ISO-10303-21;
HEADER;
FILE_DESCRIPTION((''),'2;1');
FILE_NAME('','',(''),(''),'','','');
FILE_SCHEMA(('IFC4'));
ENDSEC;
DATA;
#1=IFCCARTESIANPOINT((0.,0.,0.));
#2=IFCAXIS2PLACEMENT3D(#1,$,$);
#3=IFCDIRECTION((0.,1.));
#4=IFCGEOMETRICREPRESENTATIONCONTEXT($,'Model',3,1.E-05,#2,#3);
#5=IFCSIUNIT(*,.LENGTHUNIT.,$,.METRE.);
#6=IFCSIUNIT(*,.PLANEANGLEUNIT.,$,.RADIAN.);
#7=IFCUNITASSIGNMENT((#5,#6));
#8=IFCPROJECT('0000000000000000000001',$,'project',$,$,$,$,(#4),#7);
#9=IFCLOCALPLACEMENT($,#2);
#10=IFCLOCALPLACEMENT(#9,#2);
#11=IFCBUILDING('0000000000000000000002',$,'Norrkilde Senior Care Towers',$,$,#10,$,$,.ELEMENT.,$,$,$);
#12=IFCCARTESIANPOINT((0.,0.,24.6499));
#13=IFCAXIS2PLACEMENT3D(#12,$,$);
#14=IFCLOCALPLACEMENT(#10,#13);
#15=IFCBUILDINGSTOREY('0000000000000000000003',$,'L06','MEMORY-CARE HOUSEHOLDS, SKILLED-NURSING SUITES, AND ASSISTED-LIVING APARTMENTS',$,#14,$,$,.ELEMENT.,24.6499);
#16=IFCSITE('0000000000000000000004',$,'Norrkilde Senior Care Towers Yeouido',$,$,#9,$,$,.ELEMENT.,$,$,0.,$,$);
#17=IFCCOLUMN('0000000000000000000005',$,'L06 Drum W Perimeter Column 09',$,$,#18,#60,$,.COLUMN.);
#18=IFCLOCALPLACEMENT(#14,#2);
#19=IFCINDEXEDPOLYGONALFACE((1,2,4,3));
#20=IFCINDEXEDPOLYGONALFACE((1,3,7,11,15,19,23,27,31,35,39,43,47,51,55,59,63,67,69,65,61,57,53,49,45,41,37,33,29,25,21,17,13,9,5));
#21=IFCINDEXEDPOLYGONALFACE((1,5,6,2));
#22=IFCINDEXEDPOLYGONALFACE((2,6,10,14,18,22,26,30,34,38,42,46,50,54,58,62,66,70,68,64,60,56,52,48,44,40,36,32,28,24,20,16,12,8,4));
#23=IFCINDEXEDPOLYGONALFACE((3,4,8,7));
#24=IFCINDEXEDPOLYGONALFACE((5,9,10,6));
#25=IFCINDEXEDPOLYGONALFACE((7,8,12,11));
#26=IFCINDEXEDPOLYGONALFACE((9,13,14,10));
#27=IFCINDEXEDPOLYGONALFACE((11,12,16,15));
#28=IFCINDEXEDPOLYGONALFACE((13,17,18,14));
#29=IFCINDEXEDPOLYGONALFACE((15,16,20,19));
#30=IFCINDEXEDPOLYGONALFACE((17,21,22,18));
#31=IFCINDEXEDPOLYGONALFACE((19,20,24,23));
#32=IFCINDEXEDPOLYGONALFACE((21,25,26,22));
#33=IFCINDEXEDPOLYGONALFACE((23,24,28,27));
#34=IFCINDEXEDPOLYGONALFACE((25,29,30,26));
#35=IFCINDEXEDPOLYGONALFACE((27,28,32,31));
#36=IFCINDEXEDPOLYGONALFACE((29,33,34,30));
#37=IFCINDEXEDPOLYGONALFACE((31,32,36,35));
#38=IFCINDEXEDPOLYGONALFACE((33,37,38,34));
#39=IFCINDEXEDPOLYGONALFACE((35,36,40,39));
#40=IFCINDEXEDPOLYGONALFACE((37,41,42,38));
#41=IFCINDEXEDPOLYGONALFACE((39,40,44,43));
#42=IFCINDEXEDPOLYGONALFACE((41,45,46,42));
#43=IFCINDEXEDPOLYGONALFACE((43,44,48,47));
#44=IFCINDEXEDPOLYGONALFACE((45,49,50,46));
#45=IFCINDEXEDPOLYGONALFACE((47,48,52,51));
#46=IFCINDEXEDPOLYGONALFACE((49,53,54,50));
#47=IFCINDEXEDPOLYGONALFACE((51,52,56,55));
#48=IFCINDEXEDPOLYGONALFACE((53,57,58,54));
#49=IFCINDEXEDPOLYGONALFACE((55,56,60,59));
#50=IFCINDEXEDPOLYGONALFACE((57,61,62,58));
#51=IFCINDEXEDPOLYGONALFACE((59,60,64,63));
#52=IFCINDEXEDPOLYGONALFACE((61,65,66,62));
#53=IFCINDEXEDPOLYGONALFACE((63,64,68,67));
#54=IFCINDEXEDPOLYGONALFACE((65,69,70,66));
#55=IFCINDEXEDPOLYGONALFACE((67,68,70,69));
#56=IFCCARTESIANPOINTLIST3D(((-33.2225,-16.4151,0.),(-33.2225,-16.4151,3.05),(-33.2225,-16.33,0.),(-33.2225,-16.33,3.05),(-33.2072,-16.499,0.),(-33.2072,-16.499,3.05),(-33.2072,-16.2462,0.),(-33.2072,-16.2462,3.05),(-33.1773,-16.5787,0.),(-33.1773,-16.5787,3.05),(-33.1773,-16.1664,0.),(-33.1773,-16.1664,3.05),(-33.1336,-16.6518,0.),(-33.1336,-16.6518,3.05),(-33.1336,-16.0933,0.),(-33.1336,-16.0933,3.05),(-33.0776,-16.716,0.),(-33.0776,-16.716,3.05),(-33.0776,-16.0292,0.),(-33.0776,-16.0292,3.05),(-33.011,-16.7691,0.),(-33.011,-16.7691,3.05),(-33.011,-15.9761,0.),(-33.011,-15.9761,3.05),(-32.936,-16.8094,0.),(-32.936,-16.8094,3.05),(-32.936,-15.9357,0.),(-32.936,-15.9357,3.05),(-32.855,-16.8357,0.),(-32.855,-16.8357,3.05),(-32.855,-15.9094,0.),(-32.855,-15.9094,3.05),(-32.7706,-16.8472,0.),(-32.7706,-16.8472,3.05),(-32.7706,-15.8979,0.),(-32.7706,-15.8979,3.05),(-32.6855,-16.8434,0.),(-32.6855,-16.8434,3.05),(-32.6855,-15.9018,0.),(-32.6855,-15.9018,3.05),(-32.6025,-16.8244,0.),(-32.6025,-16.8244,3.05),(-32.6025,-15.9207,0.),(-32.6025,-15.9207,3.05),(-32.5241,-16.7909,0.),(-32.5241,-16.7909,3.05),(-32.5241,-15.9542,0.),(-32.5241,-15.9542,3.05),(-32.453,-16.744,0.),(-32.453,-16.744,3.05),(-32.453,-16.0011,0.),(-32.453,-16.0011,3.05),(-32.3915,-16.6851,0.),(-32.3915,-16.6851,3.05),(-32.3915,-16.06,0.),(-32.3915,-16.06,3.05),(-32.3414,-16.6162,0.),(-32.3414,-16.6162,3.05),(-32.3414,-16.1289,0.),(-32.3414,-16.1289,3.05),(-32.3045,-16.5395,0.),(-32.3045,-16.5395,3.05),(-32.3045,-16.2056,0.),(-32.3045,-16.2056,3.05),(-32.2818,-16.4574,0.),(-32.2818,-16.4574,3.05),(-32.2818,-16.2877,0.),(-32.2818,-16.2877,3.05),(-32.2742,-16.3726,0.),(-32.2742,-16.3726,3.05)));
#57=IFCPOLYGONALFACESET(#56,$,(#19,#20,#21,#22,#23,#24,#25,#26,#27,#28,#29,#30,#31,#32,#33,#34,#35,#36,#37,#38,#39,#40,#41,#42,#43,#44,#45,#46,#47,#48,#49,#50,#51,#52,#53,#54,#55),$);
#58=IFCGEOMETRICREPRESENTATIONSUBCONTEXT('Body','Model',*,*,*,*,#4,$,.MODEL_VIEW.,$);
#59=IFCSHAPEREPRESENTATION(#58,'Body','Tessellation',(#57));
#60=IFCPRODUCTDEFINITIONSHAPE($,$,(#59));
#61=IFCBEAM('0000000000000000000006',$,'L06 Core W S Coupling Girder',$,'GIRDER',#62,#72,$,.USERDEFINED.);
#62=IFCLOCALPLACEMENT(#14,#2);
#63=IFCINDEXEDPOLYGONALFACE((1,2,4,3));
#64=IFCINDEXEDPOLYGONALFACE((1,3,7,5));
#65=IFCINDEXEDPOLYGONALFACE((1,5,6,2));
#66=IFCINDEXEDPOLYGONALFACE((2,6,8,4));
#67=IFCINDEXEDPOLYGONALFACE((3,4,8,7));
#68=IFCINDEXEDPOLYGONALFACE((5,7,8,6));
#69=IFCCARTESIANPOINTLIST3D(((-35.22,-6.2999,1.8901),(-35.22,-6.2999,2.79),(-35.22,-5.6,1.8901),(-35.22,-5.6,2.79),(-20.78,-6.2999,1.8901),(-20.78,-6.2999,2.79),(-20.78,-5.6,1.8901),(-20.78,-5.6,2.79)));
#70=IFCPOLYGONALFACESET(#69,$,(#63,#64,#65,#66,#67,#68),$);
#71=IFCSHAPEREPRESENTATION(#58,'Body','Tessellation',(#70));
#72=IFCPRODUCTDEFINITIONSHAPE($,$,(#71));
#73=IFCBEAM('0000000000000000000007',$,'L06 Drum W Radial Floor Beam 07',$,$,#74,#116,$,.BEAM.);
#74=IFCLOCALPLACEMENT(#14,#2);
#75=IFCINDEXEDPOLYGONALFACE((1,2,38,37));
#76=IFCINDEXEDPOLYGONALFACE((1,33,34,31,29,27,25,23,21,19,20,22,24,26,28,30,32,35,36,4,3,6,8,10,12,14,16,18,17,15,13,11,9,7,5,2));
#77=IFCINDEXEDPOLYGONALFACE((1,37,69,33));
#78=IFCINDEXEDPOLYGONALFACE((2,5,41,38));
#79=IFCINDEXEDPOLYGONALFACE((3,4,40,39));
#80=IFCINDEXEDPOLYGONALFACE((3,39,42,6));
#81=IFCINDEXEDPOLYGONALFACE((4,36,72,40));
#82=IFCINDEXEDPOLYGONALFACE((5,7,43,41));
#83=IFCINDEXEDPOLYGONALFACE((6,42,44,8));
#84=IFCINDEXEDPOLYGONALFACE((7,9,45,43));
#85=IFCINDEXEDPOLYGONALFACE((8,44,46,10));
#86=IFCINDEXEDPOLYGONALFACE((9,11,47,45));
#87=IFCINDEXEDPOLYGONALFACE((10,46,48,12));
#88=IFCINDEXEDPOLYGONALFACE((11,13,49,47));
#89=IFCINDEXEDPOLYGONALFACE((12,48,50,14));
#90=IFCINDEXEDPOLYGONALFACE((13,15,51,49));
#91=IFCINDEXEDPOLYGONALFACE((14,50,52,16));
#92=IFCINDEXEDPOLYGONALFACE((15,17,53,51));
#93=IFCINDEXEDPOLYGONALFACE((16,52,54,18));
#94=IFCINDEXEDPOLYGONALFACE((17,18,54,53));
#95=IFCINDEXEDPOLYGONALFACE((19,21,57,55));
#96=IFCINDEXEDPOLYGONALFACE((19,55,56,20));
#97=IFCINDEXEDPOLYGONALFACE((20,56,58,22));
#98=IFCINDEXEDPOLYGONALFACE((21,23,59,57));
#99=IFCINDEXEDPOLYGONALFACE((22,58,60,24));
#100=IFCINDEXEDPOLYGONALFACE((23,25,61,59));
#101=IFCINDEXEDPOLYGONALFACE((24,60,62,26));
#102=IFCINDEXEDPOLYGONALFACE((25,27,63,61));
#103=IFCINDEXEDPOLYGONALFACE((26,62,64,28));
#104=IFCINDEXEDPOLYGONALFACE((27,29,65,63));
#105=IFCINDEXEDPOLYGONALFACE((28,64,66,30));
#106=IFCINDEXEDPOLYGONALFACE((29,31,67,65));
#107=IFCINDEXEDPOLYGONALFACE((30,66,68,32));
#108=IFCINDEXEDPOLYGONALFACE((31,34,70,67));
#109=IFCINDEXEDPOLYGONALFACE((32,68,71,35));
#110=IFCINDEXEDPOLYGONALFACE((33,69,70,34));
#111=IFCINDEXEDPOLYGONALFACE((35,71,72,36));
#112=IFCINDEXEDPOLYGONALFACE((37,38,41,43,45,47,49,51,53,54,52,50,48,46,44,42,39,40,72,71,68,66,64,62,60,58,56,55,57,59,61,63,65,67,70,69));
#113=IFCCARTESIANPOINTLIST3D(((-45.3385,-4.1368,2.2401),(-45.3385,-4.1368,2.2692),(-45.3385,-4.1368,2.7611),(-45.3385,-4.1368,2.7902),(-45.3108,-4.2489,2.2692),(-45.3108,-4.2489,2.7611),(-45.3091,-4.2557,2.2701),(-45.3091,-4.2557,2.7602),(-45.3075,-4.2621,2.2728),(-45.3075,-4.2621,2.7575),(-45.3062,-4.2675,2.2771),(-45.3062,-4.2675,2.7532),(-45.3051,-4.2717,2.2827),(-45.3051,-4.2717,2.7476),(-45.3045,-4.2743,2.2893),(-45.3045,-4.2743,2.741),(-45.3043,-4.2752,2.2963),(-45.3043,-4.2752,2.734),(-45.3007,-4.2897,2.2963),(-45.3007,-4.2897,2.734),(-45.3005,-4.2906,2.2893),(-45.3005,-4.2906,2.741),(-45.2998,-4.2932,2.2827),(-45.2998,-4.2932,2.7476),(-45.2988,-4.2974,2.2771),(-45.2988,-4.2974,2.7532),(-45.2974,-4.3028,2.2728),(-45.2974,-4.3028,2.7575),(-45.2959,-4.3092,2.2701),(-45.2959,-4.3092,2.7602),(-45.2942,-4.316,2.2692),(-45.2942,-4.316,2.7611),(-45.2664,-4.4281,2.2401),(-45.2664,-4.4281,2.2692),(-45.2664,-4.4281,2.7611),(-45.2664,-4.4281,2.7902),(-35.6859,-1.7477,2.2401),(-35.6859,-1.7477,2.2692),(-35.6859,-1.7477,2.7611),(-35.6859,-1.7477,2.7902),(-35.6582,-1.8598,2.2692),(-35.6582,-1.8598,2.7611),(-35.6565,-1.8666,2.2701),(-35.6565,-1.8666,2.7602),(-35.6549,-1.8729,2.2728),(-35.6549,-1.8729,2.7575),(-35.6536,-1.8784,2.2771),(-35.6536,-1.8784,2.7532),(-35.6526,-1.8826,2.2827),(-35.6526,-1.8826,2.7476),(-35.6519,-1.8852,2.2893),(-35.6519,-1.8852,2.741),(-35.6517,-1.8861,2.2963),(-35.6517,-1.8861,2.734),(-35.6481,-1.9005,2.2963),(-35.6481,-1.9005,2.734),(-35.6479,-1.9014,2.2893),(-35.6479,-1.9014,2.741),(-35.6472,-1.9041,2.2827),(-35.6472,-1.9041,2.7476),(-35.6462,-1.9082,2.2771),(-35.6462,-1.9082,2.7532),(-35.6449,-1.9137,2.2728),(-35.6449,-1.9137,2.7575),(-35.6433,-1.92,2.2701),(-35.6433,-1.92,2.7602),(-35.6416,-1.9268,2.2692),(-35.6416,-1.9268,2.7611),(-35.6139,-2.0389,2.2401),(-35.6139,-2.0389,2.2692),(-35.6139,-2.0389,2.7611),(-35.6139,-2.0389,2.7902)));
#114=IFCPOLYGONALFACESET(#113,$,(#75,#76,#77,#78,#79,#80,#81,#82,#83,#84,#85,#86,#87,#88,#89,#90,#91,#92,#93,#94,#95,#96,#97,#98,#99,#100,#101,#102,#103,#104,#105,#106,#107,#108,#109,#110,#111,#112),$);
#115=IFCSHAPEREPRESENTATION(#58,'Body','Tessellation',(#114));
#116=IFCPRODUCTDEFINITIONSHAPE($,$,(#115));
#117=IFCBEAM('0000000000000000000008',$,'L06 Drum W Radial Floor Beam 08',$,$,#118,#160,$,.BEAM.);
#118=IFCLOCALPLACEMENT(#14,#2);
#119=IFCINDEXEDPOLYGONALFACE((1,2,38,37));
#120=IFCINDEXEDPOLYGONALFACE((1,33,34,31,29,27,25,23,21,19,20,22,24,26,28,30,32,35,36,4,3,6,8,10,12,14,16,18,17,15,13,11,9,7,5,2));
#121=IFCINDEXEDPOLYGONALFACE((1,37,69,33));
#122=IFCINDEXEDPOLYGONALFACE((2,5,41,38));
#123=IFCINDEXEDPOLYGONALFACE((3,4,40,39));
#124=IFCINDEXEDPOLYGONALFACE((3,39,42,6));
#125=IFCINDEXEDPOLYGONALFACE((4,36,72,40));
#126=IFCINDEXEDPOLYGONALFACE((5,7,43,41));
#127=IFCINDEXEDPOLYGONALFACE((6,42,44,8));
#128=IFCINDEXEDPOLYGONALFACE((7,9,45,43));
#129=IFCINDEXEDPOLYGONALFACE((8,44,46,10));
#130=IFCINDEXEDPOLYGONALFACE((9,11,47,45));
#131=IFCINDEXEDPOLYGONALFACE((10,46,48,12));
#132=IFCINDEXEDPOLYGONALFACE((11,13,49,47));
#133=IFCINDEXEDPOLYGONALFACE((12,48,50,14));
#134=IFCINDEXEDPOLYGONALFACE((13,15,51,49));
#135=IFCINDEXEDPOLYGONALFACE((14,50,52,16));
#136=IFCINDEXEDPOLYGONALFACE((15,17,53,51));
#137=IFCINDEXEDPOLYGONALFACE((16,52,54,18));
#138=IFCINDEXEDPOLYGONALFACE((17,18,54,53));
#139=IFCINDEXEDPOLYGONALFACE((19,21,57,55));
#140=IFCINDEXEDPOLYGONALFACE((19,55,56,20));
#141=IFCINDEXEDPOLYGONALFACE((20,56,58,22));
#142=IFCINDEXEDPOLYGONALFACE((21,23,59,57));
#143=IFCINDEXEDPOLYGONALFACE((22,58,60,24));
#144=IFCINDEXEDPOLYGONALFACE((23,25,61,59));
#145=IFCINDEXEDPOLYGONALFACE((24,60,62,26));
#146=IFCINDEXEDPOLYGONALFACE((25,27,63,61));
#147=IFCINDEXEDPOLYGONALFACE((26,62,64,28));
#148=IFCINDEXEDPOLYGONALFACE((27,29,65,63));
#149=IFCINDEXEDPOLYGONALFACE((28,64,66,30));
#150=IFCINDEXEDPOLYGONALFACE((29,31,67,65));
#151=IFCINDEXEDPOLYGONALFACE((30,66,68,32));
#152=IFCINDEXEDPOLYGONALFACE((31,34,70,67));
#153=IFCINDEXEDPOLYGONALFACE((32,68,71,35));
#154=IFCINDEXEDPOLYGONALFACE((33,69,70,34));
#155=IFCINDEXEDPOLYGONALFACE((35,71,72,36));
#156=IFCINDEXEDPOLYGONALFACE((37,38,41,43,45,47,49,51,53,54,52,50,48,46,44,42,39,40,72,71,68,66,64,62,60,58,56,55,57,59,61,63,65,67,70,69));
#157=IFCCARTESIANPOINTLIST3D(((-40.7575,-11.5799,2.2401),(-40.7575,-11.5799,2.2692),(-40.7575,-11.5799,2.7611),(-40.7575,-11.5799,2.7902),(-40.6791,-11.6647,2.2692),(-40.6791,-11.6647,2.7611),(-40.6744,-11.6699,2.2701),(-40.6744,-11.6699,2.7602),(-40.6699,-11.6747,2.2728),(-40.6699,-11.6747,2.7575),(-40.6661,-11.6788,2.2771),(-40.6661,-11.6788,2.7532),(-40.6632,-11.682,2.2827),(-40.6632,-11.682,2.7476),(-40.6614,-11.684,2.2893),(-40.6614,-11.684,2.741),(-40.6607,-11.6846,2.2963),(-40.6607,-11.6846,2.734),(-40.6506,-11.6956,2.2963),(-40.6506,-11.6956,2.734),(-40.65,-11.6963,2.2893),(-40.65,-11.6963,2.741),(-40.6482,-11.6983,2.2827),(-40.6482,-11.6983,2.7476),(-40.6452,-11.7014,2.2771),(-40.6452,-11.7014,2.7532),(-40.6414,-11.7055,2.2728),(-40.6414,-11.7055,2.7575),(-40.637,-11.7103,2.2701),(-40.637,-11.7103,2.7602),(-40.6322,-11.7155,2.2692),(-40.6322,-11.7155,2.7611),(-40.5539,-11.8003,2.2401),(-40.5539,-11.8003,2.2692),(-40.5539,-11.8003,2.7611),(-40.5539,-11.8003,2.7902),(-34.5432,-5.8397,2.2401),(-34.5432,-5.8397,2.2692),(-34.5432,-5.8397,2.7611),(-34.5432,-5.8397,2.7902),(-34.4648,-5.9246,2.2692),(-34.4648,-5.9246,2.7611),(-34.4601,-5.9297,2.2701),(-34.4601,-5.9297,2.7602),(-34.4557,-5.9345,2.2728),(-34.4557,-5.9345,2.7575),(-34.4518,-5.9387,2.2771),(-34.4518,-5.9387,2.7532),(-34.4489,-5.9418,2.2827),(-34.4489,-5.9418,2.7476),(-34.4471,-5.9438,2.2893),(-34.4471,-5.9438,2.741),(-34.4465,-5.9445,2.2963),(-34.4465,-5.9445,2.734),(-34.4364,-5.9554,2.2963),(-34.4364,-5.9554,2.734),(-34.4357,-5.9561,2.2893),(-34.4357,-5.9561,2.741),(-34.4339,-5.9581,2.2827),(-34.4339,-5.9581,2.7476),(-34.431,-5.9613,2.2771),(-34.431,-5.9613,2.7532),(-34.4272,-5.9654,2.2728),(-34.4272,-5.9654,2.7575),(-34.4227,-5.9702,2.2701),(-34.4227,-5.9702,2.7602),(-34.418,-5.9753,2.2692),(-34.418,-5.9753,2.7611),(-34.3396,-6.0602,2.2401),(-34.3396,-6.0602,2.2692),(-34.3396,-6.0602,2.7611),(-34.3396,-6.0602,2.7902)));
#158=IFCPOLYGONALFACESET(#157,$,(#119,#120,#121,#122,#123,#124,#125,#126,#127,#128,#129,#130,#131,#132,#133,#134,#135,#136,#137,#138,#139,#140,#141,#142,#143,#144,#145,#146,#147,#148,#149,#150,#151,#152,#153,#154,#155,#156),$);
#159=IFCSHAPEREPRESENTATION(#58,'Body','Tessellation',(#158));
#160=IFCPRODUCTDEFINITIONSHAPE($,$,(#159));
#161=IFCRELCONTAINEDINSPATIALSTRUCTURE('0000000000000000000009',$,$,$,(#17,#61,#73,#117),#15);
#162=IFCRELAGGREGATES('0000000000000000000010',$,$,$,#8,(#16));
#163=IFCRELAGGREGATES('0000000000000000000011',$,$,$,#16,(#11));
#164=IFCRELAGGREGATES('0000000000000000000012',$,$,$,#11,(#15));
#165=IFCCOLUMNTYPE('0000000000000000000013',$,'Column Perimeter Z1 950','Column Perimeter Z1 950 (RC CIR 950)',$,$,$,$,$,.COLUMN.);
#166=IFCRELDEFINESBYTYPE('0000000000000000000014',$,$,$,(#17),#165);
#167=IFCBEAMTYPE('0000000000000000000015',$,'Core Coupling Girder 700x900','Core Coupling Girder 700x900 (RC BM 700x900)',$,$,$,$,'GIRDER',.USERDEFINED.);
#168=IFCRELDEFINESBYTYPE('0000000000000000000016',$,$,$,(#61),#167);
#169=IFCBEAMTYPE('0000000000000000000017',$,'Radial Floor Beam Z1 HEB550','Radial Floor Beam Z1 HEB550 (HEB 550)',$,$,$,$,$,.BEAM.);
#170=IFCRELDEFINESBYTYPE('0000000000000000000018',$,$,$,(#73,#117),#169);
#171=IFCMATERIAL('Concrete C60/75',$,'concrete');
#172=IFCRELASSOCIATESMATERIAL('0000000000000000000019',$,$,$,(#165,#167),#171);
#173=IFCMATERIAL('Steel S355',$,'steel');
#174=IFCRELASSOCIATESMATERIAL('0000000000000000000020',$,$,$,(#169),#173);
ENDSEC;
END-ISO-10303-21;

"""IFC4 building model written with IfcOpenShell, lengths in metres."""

from ifc_helpers import new_model, si_unit, direction, frame, origin, origin_2d, place, context, subcontext, project, spatial, rectangle, circle, i_section, extrude, source, transform, mapped, material, material_profile, profile_set, type_object, type_shapes, element, save


model = new_model("IFC4")

# Units and contexts
model_context = context("Model", 3, precision=1e-05, world=origin(), true_north=direction((0.0, 1.0)))
body_context = subcontext(model_context, "Body", "Model", "MODEL_VIEW")
ifc_project = project(units=[si_unit("LENGTHUNIT", "METRE"), si_unit("PLANEANGLEUNIT", "RADIAN")], contexts=[model_context])

# Site, building, storey
site_placement = place(None, origin())
site = spatial("IfcSite", under=ifc_project, at=site_placement, Name="Norrkilde Senior Care Towers Yeouido", CompositionType="ELEMENT", RefElevation=0.0)
building_placement = place(site_placement, origin())
building = spatial("IfcBuilding", under=site, at=building_placement, Name="Norrkilde Senior Care Towers", CompositionType="ELEMENT")
storey_placement = place(building_placement, frame((0.0, 0.0, 24.6499)))
storey = spatial("IfcBuildingStorey", under=building, at=storey_placement, Name="L06", Description="MEMORY-CARE HOUSEHOLDS, SKILLED-NURSING SUITES, AND ASSISTED-LIVING APARTMENTS", CompositionType="ELEMENT", Elevation=24.6499)

# Column
ifc_material_1 = material(Name="Concrete C60/75", Category="concrete")
ifc_material_profile_1 = material_profile(ifc_material_1, circle(Radius=0.4751, at=origin_2d()), Name="RC CIR 950")
ifc_profile_set_1 = profile_set([ifc_material_profile_1], Name="Concrete C60/75")
column_type = type_object("IfcColumnType", Name="Column Perimeter Z1 950", Description="Column Perimeter Z1 950 (RC CIR 950)", PredefinedType="COLUMN", material=ifc_profile_set_1)
shared_shape_1 = source(origin(), body_context, "Body", "SweptSolid", [
    extrude(circle(Radius=0.4751, at=origin_2d()), origin(), (0.0, 0.0, 1.0), 3.05),
])
type_shapes(column_type, [shared_shape_1])
column_placement = place(storey_placement, frame((-32.7493, -16.3726, 0.0), z_axis=(0.0, 0.0, 1.0), x_axis=(1.0, 0.0, 0.0)))
element("IfcColumn", 1, at=column_placement, inside=storey, type_object=column_type, Name="L06 Drum W Perimeter Column 09", PredefinedType="COLUMN", context=body_context, shape_type="MappedRepresentation", body=[
    mapped(shared_shape_1, transform((0.0, 0.0, 0.0), x_axis=(1.0, 0.0, 0.0), y_axis=(0.0, 1.0, 0.0), z_axis=(0.0, 0.0, 1.0), scale=1.0)),
])

# Beams
ifc_material_profile_2 = material_profile(ifc_material_1, rectangle(XDim=0.7, YDim=0.8999, at=origin_2d()), Name="RC BM 700x900")
ifc_profile_set_2 = profile_set([ifc_material_profile_2], Name="Concrete C60/75")
beam_type_1 = type_object("IfcBeamType", Name="Core Coupling Girder 700x900", Description="Core Coupling Girder 700x900 (RC BM 700x900)", ElementType="GIRDER", PredefinedType="USERDEFINED", material=ifc_profile_set_2)
shared_shape_2 = source(origin(), body_context, "Body", "SweptSolid", [
    extrude(rectangle(XDim=0.7, YDim=0.8999, at=origin_2d()), origin(), (0.0, 0.0, 1.0), 14.4399),
])
type_shapes(beam_type_1, [shared_shape_2])
beam_1_placement = place(storey_placement, frame((-35.22, -5.95, 2.3401), z_axis=(1.0, 0.0, 0.0), x_axis=(0.0, 1.0, 0.0)))
element("IfcBeam", 2, at=beam_1_placement, inside=storey, type_object=beam_type_1, Name="L06 Core W S Coupling Girder", ObjectType="GIRDER", PredefinedType="USERDEFINED", context=body_context, shape_type="MappedRepresentation", body=[
    mapped(shared_shape_2, transform((0.0, 0.0, 0.0), x_axis=(1.0, 0.0, 0.0), y_axis=(0.0, 1.0, 0.0), z_axis=(0.0, 0.0, 1.0), scale=1.0)),
])
ifc_material_2 = material(Name="Steel S355", Category="steel")
ifc_material_profile_3 = material_profile(ifc_material_2, i_section(OverallWidth=0.3, OverallDepth=0.55, WebThickness=0.0149, FlangeThickness=0.0291, FilletRadius=0.0271, at=origin_2d()), Name="HEB 550")
ifc_profile_set_3 = profile_set([ifc_material_profile_3], Name="Steel S355")
beam_type_2 = type_object("IfcBeamType", Name="Radial Floor Beam Z1 HEB550", Description="Radial Floor Beam Z1 HEB550 (HEB 550)", PredefinedType="BEAM", material=ifc_profile_set_3)
shared_shape_3 = source(origin(), body_context, "Body", "SweptSolid", [
    extrude(i_section(OverallWidth=0.3, OverallDepth=0.55, WebThickness=0.0149, FlangeThickness=0.0291, FilletRadius=0.0271, at=origin_2d()), origin(), (0.0, 0.0, 1.0), 9.9438),
])
beam_2_placement = place(storey_placement, frame((-35.6499, -1.8933, 2.5151), z_axis=(-0.970707, -0.240265, 0.0), x_axis=(0.240265, -0.970707, 0.0)))
element("IfcBeam", 3, at=beam_2_placement, inside=storey, type_object=beam_type_2, Name="L06 Drum W Radial Floor Beam 07", PredefinedType="BEAM", context=body_context, shape_type="MappedRepresentation", body=[
    mapped(shared_shape_3, transform((0.0, 0.0, 0.0), x_axis=(1.0, 0.0, 0.0), y_axis=(0.0, 1.0, 0.0), z_axis=(0.0, 0.0, 1.0), scale=1.0)),
])
shared_shape_4 = source(origin(), body_context, "Body", "SweptSolid", [
    extrude(i_section(OverallWidth=0.3, OverallDepth=0.55, WebThickness=0.0149, FlangeThickness=0.0291, FilletRadius=0.0271, at=origin_2d()), origin(), (0.0, 0.0, 1.0), 8.4597),
])
beam_3_placement = place(storey_placement, frame((-34.4414, -5.95, 2.5151), z_axis=(-0.734573, -0.678529, 0.0), x_axis=(0.678529, -0.734573, 0.0)))
element("IfcBeam", 4, at=beam_3_placement, inside=storey, type_object=beam_type_2, Name="L06 Drum W Radial Floor Beam 08", PredefinedType="BEAM", context=body_context, shape_type="MappedRepresentation", body=[
    mapped(shared_shape_4, transform((0.0, 0.0, 0.0), x_axis=(1.0, 0.0, 0.0), y_axis=(0.0, 1.0, 0.0), z_axis=(0.0, 0.0, 1.0), scale=1.0)),
])

save(model, "model.ifc")
